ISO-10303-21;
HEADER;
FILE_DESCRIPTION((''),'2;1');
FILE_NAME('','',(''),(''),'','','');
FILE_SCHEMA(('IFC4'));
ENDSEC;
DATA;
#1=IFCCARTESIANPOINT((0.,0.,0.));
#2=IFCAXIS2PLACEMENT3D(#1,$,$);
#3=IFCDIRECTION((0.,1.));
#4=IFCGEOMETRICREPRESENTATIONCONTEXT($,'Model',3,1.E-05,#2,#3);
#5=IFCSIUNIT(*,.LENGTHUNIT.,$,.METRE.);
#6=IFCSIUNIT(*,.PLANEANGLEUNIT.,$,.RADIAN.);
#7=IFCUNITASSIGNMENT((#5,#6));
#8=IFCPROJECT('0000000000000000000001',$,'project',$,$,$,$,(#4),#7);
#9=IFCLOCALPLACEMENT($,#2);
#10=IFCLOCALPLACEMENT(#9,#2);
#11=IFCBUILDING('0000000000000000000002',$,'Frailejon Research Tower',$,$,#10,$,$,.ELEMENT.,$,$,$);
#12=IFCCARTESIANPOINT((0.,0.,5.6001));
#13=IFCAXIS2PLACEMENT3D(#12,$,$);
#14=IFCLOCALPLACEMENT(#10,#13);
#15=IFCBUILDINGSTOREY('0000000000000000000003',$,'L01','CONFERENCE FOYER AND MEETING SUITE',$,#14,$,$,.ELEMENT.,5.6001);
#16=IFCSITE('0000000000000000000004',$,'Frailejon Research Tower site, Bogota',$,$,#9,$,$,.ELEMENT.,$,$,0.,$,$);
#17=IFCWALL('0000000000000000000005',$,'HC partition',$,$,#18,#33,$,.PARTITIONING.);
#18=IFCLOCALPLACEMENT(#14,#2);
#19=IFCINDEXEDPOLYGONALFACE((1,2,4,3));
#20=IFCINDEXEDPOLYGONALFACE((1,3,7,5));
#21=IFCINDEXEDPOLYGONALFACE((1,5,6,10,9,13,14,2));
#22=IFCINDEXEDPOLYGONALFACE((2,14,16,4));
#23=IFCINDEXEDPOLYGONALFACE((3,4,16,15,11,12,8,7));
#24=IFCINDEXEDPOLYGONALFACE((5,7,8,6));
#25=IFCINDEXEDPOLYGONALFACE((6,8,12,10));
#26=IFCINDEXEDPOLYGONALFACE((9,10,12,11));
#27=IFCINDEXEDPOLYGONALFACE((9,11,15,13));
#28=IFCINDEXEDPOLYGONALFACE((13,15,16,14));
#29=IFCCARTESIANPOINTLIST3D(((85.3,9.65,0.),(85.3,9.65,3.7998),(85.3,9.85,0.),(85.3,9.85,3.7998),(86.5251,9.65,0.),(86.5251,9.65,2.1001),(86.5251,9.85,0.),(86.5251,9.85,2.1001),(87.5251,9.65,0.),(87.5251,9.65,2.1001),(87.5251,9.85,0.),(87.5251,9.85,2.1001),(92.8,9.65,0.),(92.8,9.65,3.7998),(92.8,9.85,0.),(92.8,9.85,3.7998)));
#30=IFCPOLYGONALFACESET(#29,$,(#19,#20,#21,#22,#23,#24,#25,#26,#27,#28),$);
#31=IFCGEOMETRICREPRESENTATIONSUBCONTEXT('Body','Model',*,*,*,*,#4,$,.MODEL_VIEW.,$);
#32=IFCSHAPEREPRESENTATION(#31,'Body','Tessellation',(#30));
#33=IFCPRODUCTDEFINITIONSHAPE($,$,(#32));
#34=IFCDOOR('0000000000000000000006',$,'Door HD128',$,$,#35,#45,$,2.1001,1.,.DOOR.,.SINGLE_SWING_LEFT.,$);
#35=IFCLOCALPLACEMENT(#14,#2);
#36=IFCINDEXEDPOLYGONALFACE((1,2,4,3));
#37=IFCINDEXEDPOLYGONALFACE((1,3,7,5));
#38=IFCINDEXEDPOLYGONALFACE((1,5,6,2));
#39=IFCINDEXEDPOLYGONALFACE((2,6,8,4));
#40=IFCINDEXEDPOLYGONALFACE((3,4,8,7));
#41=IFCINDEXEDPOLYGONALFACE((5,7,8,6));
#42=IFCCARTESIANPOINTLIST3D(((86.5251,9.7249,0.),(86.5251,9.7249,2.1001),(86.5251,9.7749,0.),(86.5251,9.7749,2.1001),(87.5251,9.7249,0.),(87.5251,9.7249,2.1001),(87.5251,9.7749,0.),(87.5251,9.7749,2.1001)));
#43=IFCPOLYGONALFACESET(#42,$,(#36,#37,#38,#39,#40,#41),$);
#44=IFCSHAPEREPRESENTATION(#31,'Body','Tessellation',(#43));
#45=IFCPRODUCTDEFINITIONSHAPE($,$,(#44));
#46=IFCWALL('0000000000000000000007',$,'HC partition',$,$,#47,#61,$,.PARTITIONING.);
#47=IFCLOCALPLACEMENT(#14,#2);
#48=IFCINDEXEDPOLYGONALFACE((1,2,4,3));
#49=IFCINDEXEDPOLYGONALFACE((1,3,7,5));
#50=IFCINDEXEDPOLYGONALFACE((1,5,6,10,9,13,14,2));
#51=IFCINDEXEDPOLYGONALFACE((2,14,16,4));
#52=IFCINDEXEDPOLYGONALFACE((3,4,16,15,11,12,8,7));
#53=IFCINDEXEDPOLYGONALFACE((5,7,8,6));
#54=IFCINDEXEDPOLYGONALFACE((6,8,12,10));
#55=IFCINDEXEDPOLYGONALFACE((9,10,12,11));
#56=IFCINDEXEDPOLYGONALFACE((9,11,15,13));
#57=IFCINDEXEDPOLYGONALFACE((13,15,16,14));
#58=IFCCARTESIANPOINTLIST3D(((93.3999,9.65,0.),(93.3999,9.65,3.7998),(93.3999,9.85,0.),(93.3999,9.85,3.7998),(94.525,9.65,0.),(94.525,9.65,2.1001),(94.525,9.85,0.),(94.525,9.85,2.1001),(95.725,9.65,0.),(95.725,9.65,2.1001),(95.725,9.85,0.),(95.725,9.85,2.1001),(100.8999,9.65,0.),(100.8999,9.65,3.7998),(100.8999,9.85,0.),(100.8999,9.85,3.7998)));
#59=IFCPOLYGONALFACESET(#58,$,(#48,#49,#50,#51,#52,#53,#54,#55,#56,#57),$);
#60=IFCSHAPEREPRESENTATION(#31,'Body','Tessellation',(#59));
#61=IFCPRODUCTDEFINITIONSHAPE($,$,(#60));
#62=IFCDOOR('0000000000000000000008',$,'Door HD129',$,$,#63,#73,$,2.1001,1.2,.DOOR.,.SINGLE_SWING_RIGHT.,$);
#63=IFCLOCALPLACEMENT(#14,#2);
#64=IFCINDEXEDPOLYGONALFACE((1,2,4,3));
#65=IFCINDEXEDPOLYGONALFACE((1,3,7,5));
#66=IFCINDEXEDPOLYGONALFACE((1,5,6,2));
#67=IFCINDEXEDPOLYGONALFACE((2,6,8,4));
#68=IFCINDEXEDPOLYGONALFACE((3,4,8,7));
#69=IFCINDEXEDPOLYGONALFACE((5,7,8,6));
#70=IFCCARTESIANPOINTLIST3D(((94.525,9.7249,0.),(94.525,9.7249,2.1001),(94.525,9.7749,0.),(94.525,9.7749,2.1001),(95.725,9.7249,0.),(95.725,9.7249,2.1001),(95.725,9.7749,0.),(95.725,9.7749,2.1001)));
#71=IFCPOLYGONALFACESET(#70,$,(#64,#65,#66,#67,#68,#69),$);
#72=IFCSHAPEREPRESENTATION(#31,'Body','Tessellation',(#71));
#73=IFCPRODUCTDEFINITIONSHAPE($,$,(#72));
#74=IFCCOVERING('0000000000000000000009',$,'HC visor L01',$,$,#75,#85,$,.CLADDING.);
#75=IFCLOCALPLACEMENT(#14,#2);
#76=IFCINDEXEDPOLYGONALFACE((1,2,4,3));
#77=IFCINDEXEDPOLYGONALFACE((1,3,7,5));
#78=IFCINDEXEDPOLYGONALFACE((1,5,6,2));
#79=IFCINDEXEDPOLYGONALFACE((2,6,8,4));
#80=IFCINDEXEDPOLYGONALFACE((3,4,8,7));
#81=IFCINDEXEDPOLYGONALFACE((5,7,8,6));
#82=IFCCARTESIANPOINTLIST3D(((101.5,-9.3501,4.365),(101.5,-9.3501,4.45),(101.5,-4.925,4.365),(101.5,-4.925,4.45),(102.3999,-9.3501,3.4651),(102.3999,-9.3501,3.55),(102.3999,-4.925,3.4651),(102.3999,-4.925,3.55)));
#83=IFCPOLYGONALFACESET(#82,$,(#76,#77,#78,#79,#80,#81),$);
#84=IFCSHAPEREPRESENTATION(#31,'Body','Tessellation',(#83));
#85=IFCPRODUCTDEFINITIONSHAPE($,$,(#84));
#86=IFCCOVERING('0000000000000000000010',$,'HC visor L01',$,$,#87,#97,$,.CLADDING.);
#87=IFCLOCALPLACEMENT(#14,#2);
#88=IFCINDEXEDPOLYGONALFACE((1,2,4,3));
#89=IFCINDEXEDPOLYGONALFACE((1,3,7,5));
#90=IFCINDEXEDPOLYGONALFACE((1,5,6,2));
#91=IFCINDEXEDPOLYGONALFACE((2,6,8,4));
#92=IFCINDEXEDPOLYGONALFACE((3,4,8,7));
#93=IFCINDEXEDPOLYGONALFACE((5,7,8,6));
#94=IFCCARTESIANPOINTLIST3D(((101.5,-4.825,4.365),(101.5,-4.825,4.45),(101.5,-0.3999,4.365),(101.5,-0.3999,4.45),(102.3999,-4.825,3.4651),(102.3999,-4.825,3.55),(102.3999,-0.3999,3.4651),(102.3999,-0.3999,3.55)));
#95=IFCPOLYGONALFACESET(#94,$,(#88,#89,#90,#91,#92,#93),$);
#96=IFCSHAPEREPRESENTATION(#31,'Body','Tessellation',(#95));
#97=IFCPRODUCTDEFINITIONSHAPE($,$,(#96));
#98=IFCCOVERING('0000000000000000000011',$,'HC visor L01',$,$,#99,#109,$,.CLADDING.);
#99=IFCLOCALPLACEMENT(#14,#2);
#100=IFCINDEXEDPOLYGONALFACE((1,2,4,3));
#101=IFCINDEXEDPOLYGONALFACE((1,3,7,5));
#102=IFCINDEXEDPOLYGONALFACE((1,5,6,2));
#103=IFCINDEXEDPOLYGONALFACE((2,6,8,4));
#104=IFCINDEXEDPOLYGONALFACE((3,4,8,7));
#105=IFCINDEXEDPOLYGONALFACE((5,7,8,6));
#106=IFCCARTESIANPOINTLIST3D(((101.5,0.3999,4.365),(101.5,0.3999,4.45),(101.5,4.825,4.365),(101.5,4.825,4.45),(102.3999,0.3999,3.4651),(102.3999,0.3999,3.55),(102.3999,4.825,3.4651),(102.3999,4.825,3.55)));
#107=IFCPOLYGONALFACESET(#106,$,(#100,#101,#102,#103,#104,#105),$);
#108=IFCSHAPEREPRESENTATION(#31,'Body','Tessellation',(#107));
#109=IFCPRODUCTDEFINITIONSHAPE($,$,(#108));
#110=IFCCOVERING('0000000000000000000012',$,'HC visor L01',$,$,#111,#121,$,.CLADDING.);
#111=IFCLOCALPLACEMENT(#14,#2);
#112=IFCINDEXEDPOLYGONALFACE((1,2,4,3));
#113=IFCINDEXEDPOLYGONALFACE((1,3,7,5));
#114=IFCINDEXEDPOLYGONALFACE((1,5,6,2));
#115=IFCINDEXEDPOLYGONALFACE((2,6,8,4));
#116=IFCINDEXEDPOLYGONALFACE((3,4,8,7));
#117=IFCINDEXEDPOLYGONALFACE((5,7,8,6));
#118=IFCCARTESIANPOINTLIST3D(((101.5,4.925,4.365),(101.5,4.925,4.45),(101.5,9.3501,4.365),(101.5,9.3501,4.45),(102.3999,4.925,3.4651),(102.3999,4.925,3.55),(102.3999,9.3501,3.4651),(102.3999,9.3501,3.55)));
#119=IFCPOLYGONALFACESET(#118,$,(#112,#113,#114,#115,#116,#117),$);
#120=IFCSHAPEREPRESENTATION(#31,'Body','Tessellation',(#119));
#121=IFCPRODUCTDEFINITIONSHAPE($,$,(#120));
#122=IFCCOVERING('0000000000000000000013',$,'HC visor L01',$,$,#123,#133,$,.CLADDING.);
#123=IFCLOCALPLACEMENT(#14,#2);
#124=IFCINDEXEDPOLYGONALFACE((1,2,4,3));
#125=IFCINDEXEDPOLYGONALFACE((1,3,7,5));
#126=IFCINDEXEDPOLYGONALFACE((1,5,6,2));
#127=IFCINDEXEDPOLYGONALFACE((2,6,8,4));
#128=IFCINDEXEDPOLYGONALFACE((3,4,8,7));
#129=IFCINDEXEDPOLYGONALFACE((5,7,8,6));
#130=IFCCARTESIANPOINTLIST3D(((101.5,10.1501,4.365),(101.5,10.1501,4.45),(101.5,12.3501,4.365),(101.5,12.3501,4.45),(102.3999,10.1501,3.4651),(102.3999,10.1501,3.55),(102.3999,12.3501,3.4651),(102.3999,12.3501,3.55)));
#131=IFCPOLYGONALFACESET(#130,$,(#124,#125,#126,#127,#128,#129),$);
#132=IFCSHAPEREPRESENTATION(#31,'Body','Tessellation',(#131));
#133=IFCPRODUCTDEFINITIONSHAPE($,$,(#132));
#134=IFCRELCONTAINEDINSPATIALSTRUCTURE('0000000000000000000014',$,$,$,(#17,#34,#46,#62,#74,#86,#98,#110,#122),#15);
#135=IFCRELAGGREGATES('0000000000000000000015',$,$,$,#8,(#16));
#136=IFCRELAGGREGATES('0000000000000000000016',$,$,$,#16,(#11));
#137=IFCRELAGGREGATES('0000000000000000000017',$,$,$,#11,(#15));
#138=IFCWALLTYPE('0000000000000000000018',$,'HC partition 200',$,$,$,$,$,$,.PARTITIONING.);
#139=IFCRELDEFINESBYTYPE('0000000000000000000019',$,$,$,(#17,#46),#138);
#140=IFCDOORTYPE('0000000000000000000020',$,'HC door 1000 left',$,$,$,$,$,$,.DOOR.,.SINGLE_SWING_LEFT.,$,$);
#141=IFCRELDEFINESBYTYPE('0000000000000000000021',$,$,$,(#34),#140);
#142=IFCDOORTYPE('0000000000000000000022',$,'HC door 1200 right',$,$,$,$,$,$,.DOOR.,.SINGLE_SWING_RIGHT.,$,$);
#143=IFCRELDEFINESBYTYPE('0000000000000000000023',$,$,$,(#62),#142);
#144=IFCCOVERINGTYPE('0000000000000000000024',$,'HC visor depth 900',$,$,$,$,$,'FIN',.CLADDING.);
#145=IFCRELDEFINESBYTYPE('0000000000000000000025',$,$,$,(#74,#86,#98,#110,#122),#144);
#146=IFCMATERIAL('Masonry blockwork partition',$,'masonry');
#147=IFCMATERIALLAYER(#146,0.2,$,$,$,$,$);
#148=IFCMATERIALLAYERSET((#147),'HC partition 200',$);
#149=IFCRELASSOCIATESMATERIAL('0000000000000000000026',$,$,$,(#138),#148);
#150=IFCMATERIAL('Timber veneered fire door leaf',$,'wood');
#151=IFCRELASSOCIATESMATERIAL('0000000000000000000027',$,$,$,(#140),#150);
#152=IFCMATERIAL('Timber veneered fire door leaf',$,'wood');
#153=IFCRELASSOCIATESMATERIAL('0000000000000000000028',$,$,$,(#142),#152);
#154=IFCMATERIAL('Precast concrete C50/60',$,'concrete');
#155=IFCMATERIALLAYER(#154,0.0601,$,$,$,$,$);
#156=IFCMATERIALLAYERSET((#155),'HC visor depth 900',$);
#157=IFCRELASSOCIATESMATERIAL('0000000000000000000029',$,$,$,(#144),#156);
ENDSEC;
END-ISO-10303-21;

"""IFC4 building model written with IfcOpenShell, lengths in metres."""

from ifc_helpers import new_model, si_unit, direction, frame, frame_2d, origin, place, context, subcontext, project, spatial, polyline, rectangle, outline, extrude, material, layer, layer_set, type_object, element, fill, save


model = new_model("IFC4")

# Units and contexts
model_context = context("Model", 3, precision=1e-05, world=origin(), true_north=direction((0.0, 1.0)))
body_context = subcontext(model_context, "Body", "Model", "MODEL_VIEW")
ifc_project = project(units=[si_unit("LENGTHUNIT", "METRE"), si_unit("PLANEANGLEUNIT", "RADIAN")], contexts=[model_context])

# Site, building, storey
site_placement = place(None, origin())
site = spatial("IfcSite", under=ifc_project, at=site_placement, Name="Frailejon Research Tower site, Bogota", CompositionType="ELEMENT", RefElevation=0.0)
building_placement = place(site_placement, origin())
building = spatial("IfcBuilding", under=site, at=building_placement, Name="Frailejon Research Tower", CompositionType="ELEMENT")
storey_placement = place(building_placement, frame((0.0, 0.0, 5.6001)))
storey = spatial("IfcBuildingStorey", under=building, at=storey_placement, Name="L01", Description="CONFERENCE FOYER AND MEETING SUITE", CompositionType="ELEMENT", Elevation=5.6001)

# Shared definitions
ifc_material_1 = material(Name="Masonry blockwork partition", Category="masonry")
ifc_layer_1 = layer(ifc_material_1, 0.2)
ifc_layer_set_1 = layer_set([ifc_layer_1], Name="HC partition 200")
wall_type = type_object("IfcWallType", Name="HC partition 200", PredefinedType="PARTITIONING", material=ifc_layer_set_1)

# Walls, openings, doors
wall_1_placement = place(storey_placement, frame((85.3, 9.75, 0.0), z_axis=(0.0, 0.0, 1.0), x_axis=(1.0, 0.0, 0.0)))
wall_1 = element("IfcWall", 1, at=wall_1_placement, inside=storey, type_object=wall_type, Name="HC partition", PredefinedType="PARTITIONING", context=body_context, shape_type="SweptSolid", body=[
    extrude(rectangle(XDim=7.5, YDim=0.2, at=frame_2d((3.75, 0.0))), origin(), (0.0, 0.0, 1.0), 3.7998),
])
opening_1_placement = place(wall_1_placement, frame((1.2251, 0.0, 0.0)))
opening_1 = element("IfcOpeningElement", 2, at=opening_1_placement, cuts=wall_1, PredefinedType="OPENING", context=body_context, shape_type="SweptSolid", body=[
    extrude(rectangle(XDim=1.0, YDim=2.1001, at=frame_2d((0.5, 1.05))), frame((0.0, 0.1099, 0.0), z_axis=(0.0, -1.0, 0.0), x_axis=(1.0, 0.0, 0.0)), (0.0, 0.0, 1.0), 0.22),
])
ifc_material_2 = material(Name="Timber veneered fire door leaf", Category="wood")
door_type_1 = type_object("IfcDoorType", Name="HC door 1000 left", OperationType="SINGLE_SWING_LEFT", PredefinedType="DOOR", material=ifc_material_2)
door_1_placement = place(opening_1_placement, origin())
door_1 = element("IfcDoor", 3, at=door_1_placement, inside=storey, type_object=door_type_1, Name="Door HD128", OperationType="SINGLE_SWING_LEFT", OverallHeight=2.1001, OverallWidth=1.0, PredefinedType="DOOR", context=body_context, shape_type="SweptSolid", body=[
    extrude(rectangle(XDim=1.0, YDim=2.1001, at=frame_2d((0.5, 1.05))), frame((0.0, 0.0249, 0.0), z_axis=(0.0, -1.0, 0.0), x_axis=(1.0, 0.0, 0.0)), (0.0, 0.0, 1.0), 0.05),
])
fill(opening_1, door_1)
wall_2_placement = place(storey_placement, frame((93.3999, 9.75, 0.0), z_axis=(0.0, 0.0, 1.0), x_axis=(1.0, 0.0, 0.0)))
wall_2 = element("IfcWall", 4, at=wall_2_placement, inside=storey, type_object=wall_type, Name="HC partition", PredefinedType="PARTITIONING", context=body_context, shape_type="SweptSolid", body=[
    extrude(rectangle(XDim=7.5, YDim=0.2, at=frame_2d((3.75, 0.0))), origin(), (0.0, 0.0, 1.0), 3.7998),
])
opening_2_placement = place(wall_2_placement, frame((1.125, 0.0, 0.0)))
opening_2 = element("IfcOpeningElement", 5, at=opening_2_placement, cuts=wall_2, PredefinedType="OPENING", context=body_context, shape_type="SweptSolid", body=[
    extrude(rectangle(XDim=1.2, YDim=2.1001, at=frame_2d((0.6001, 1.05))), frame((0.0, 0.1099, 0.0), z_axis=(0.0, -1.0, 0.0), x_axis=(1.0, 0.0, 0.0)), (0.0, 0.0, 1.0), 0.22),
])
ifc_material_3 = material(Name="Timber veneered fire door leaf", Category="wood")
door_type_2 = type_object("IfcDoorType", Name="HC door 1200 right", OperationType="SINGLE_SWING_RIGHT", PredefinedType="DOOR", material=ifc_material_3)
door_2_placement = place(opening_2_placement, origin())
door_2 = element("IfcDoor", 6, at=door_2_placement, inside=storey, type_object=door_type_2, Name="Door HD129", OperationType="SINGLE_SWING_RIGHT", OverallHeight=2.1001, OverallWidth=1.2, PredefinedType="DOOR", context=body_context, shape_type="SweptSolid", body=[
    extrude(rectangle(XDim=1.2, YDim=2.1001, at=frame_2d((0.6001, 1.05))), frame((0.0, 0.0249, 0.0), z_axis=(0.0, -1.0, 0.0), x_axis=(1.0, 0.0, 0.0)), (0.0, 0.0, 1.0), 0.05),
])
fill(opening_2, door_2)

# Coverings
ifc_material_4 = material(Name="Precast concrete C50/60", Category="concrete")
ifc_layer_2 = layer(ifc_material_4, 0.0601)
ifc_layer_set_2 = layer_set([ifc_layer_2], Name="HC visor depth 900")
covering_type = type_object("IfcCoveringType", Name="HC visor depth 900", ElementType="FIN", PredefinedType="CLADDING", material=ifc_layer_set_2)
for number, where, z_axis, x_axis, name in (
    (7, (101.5, -4.925, 4.45), (0.0, -1.0, 0.0), (1.0, 0.0, 0.0), "HC visor L01"),
    (8, (101.5, -0.3999, 4.45), (0.0, -1.0, 0.0), (1.0, 0.0, 0.0), "HC visor L01"),
    (9, (101.5, 4.825, 4.45), (0.0, -1.0, 0.0), (1.0, 0.0, 0.0), "HC visor L01"),
    (10, (101.5, 9.3501, 4.45), (0.0, -1.0, 0.0), (1.0, 0.0, 0.0), "HC visor L01"),
):
    element("IfcCovering", number, at=place(storey_placement, frame(where, z_axis=z_axis, x_axis=x_axis)), inside=storey, type_object=covering_type, Name=name, PredefinedType="CLADDING", context=body_context, shape_type="SweptSolid", body=[
        extrude(outline(polyline([(0.0, -0.085), (0.8999, -0.9849), (0.8999, -0.8999), (0.0, 0.0), (0.0, -0.085)])), origin(), (0.0, 0.0, 1.0), 4.425),
    ])
covering_placement = place(storey_placement, frame((101.5, 12.3501, 4.45), z_axis=(0.0, -1.0, 0.0), x_axis=(1.0, 0.0, 0.0)))
element("IfcCovering", 11, at=covering_placement, inside=storey, type_object=covering_type, Name="HC visor L01", PredefinedType="CLADDING", context=body_context, shape_type="SweptSolid", body=[
    extrude(outline(polyline([(0.0, -0.085), (0.8999, -0.9849), (0.8999, -0.8999), (0.0, 0.0), (0.0, -0.085)])), origin(), (0.0, 0.0, 1.0), 2.2),
])

save(model, "model.ifc")
